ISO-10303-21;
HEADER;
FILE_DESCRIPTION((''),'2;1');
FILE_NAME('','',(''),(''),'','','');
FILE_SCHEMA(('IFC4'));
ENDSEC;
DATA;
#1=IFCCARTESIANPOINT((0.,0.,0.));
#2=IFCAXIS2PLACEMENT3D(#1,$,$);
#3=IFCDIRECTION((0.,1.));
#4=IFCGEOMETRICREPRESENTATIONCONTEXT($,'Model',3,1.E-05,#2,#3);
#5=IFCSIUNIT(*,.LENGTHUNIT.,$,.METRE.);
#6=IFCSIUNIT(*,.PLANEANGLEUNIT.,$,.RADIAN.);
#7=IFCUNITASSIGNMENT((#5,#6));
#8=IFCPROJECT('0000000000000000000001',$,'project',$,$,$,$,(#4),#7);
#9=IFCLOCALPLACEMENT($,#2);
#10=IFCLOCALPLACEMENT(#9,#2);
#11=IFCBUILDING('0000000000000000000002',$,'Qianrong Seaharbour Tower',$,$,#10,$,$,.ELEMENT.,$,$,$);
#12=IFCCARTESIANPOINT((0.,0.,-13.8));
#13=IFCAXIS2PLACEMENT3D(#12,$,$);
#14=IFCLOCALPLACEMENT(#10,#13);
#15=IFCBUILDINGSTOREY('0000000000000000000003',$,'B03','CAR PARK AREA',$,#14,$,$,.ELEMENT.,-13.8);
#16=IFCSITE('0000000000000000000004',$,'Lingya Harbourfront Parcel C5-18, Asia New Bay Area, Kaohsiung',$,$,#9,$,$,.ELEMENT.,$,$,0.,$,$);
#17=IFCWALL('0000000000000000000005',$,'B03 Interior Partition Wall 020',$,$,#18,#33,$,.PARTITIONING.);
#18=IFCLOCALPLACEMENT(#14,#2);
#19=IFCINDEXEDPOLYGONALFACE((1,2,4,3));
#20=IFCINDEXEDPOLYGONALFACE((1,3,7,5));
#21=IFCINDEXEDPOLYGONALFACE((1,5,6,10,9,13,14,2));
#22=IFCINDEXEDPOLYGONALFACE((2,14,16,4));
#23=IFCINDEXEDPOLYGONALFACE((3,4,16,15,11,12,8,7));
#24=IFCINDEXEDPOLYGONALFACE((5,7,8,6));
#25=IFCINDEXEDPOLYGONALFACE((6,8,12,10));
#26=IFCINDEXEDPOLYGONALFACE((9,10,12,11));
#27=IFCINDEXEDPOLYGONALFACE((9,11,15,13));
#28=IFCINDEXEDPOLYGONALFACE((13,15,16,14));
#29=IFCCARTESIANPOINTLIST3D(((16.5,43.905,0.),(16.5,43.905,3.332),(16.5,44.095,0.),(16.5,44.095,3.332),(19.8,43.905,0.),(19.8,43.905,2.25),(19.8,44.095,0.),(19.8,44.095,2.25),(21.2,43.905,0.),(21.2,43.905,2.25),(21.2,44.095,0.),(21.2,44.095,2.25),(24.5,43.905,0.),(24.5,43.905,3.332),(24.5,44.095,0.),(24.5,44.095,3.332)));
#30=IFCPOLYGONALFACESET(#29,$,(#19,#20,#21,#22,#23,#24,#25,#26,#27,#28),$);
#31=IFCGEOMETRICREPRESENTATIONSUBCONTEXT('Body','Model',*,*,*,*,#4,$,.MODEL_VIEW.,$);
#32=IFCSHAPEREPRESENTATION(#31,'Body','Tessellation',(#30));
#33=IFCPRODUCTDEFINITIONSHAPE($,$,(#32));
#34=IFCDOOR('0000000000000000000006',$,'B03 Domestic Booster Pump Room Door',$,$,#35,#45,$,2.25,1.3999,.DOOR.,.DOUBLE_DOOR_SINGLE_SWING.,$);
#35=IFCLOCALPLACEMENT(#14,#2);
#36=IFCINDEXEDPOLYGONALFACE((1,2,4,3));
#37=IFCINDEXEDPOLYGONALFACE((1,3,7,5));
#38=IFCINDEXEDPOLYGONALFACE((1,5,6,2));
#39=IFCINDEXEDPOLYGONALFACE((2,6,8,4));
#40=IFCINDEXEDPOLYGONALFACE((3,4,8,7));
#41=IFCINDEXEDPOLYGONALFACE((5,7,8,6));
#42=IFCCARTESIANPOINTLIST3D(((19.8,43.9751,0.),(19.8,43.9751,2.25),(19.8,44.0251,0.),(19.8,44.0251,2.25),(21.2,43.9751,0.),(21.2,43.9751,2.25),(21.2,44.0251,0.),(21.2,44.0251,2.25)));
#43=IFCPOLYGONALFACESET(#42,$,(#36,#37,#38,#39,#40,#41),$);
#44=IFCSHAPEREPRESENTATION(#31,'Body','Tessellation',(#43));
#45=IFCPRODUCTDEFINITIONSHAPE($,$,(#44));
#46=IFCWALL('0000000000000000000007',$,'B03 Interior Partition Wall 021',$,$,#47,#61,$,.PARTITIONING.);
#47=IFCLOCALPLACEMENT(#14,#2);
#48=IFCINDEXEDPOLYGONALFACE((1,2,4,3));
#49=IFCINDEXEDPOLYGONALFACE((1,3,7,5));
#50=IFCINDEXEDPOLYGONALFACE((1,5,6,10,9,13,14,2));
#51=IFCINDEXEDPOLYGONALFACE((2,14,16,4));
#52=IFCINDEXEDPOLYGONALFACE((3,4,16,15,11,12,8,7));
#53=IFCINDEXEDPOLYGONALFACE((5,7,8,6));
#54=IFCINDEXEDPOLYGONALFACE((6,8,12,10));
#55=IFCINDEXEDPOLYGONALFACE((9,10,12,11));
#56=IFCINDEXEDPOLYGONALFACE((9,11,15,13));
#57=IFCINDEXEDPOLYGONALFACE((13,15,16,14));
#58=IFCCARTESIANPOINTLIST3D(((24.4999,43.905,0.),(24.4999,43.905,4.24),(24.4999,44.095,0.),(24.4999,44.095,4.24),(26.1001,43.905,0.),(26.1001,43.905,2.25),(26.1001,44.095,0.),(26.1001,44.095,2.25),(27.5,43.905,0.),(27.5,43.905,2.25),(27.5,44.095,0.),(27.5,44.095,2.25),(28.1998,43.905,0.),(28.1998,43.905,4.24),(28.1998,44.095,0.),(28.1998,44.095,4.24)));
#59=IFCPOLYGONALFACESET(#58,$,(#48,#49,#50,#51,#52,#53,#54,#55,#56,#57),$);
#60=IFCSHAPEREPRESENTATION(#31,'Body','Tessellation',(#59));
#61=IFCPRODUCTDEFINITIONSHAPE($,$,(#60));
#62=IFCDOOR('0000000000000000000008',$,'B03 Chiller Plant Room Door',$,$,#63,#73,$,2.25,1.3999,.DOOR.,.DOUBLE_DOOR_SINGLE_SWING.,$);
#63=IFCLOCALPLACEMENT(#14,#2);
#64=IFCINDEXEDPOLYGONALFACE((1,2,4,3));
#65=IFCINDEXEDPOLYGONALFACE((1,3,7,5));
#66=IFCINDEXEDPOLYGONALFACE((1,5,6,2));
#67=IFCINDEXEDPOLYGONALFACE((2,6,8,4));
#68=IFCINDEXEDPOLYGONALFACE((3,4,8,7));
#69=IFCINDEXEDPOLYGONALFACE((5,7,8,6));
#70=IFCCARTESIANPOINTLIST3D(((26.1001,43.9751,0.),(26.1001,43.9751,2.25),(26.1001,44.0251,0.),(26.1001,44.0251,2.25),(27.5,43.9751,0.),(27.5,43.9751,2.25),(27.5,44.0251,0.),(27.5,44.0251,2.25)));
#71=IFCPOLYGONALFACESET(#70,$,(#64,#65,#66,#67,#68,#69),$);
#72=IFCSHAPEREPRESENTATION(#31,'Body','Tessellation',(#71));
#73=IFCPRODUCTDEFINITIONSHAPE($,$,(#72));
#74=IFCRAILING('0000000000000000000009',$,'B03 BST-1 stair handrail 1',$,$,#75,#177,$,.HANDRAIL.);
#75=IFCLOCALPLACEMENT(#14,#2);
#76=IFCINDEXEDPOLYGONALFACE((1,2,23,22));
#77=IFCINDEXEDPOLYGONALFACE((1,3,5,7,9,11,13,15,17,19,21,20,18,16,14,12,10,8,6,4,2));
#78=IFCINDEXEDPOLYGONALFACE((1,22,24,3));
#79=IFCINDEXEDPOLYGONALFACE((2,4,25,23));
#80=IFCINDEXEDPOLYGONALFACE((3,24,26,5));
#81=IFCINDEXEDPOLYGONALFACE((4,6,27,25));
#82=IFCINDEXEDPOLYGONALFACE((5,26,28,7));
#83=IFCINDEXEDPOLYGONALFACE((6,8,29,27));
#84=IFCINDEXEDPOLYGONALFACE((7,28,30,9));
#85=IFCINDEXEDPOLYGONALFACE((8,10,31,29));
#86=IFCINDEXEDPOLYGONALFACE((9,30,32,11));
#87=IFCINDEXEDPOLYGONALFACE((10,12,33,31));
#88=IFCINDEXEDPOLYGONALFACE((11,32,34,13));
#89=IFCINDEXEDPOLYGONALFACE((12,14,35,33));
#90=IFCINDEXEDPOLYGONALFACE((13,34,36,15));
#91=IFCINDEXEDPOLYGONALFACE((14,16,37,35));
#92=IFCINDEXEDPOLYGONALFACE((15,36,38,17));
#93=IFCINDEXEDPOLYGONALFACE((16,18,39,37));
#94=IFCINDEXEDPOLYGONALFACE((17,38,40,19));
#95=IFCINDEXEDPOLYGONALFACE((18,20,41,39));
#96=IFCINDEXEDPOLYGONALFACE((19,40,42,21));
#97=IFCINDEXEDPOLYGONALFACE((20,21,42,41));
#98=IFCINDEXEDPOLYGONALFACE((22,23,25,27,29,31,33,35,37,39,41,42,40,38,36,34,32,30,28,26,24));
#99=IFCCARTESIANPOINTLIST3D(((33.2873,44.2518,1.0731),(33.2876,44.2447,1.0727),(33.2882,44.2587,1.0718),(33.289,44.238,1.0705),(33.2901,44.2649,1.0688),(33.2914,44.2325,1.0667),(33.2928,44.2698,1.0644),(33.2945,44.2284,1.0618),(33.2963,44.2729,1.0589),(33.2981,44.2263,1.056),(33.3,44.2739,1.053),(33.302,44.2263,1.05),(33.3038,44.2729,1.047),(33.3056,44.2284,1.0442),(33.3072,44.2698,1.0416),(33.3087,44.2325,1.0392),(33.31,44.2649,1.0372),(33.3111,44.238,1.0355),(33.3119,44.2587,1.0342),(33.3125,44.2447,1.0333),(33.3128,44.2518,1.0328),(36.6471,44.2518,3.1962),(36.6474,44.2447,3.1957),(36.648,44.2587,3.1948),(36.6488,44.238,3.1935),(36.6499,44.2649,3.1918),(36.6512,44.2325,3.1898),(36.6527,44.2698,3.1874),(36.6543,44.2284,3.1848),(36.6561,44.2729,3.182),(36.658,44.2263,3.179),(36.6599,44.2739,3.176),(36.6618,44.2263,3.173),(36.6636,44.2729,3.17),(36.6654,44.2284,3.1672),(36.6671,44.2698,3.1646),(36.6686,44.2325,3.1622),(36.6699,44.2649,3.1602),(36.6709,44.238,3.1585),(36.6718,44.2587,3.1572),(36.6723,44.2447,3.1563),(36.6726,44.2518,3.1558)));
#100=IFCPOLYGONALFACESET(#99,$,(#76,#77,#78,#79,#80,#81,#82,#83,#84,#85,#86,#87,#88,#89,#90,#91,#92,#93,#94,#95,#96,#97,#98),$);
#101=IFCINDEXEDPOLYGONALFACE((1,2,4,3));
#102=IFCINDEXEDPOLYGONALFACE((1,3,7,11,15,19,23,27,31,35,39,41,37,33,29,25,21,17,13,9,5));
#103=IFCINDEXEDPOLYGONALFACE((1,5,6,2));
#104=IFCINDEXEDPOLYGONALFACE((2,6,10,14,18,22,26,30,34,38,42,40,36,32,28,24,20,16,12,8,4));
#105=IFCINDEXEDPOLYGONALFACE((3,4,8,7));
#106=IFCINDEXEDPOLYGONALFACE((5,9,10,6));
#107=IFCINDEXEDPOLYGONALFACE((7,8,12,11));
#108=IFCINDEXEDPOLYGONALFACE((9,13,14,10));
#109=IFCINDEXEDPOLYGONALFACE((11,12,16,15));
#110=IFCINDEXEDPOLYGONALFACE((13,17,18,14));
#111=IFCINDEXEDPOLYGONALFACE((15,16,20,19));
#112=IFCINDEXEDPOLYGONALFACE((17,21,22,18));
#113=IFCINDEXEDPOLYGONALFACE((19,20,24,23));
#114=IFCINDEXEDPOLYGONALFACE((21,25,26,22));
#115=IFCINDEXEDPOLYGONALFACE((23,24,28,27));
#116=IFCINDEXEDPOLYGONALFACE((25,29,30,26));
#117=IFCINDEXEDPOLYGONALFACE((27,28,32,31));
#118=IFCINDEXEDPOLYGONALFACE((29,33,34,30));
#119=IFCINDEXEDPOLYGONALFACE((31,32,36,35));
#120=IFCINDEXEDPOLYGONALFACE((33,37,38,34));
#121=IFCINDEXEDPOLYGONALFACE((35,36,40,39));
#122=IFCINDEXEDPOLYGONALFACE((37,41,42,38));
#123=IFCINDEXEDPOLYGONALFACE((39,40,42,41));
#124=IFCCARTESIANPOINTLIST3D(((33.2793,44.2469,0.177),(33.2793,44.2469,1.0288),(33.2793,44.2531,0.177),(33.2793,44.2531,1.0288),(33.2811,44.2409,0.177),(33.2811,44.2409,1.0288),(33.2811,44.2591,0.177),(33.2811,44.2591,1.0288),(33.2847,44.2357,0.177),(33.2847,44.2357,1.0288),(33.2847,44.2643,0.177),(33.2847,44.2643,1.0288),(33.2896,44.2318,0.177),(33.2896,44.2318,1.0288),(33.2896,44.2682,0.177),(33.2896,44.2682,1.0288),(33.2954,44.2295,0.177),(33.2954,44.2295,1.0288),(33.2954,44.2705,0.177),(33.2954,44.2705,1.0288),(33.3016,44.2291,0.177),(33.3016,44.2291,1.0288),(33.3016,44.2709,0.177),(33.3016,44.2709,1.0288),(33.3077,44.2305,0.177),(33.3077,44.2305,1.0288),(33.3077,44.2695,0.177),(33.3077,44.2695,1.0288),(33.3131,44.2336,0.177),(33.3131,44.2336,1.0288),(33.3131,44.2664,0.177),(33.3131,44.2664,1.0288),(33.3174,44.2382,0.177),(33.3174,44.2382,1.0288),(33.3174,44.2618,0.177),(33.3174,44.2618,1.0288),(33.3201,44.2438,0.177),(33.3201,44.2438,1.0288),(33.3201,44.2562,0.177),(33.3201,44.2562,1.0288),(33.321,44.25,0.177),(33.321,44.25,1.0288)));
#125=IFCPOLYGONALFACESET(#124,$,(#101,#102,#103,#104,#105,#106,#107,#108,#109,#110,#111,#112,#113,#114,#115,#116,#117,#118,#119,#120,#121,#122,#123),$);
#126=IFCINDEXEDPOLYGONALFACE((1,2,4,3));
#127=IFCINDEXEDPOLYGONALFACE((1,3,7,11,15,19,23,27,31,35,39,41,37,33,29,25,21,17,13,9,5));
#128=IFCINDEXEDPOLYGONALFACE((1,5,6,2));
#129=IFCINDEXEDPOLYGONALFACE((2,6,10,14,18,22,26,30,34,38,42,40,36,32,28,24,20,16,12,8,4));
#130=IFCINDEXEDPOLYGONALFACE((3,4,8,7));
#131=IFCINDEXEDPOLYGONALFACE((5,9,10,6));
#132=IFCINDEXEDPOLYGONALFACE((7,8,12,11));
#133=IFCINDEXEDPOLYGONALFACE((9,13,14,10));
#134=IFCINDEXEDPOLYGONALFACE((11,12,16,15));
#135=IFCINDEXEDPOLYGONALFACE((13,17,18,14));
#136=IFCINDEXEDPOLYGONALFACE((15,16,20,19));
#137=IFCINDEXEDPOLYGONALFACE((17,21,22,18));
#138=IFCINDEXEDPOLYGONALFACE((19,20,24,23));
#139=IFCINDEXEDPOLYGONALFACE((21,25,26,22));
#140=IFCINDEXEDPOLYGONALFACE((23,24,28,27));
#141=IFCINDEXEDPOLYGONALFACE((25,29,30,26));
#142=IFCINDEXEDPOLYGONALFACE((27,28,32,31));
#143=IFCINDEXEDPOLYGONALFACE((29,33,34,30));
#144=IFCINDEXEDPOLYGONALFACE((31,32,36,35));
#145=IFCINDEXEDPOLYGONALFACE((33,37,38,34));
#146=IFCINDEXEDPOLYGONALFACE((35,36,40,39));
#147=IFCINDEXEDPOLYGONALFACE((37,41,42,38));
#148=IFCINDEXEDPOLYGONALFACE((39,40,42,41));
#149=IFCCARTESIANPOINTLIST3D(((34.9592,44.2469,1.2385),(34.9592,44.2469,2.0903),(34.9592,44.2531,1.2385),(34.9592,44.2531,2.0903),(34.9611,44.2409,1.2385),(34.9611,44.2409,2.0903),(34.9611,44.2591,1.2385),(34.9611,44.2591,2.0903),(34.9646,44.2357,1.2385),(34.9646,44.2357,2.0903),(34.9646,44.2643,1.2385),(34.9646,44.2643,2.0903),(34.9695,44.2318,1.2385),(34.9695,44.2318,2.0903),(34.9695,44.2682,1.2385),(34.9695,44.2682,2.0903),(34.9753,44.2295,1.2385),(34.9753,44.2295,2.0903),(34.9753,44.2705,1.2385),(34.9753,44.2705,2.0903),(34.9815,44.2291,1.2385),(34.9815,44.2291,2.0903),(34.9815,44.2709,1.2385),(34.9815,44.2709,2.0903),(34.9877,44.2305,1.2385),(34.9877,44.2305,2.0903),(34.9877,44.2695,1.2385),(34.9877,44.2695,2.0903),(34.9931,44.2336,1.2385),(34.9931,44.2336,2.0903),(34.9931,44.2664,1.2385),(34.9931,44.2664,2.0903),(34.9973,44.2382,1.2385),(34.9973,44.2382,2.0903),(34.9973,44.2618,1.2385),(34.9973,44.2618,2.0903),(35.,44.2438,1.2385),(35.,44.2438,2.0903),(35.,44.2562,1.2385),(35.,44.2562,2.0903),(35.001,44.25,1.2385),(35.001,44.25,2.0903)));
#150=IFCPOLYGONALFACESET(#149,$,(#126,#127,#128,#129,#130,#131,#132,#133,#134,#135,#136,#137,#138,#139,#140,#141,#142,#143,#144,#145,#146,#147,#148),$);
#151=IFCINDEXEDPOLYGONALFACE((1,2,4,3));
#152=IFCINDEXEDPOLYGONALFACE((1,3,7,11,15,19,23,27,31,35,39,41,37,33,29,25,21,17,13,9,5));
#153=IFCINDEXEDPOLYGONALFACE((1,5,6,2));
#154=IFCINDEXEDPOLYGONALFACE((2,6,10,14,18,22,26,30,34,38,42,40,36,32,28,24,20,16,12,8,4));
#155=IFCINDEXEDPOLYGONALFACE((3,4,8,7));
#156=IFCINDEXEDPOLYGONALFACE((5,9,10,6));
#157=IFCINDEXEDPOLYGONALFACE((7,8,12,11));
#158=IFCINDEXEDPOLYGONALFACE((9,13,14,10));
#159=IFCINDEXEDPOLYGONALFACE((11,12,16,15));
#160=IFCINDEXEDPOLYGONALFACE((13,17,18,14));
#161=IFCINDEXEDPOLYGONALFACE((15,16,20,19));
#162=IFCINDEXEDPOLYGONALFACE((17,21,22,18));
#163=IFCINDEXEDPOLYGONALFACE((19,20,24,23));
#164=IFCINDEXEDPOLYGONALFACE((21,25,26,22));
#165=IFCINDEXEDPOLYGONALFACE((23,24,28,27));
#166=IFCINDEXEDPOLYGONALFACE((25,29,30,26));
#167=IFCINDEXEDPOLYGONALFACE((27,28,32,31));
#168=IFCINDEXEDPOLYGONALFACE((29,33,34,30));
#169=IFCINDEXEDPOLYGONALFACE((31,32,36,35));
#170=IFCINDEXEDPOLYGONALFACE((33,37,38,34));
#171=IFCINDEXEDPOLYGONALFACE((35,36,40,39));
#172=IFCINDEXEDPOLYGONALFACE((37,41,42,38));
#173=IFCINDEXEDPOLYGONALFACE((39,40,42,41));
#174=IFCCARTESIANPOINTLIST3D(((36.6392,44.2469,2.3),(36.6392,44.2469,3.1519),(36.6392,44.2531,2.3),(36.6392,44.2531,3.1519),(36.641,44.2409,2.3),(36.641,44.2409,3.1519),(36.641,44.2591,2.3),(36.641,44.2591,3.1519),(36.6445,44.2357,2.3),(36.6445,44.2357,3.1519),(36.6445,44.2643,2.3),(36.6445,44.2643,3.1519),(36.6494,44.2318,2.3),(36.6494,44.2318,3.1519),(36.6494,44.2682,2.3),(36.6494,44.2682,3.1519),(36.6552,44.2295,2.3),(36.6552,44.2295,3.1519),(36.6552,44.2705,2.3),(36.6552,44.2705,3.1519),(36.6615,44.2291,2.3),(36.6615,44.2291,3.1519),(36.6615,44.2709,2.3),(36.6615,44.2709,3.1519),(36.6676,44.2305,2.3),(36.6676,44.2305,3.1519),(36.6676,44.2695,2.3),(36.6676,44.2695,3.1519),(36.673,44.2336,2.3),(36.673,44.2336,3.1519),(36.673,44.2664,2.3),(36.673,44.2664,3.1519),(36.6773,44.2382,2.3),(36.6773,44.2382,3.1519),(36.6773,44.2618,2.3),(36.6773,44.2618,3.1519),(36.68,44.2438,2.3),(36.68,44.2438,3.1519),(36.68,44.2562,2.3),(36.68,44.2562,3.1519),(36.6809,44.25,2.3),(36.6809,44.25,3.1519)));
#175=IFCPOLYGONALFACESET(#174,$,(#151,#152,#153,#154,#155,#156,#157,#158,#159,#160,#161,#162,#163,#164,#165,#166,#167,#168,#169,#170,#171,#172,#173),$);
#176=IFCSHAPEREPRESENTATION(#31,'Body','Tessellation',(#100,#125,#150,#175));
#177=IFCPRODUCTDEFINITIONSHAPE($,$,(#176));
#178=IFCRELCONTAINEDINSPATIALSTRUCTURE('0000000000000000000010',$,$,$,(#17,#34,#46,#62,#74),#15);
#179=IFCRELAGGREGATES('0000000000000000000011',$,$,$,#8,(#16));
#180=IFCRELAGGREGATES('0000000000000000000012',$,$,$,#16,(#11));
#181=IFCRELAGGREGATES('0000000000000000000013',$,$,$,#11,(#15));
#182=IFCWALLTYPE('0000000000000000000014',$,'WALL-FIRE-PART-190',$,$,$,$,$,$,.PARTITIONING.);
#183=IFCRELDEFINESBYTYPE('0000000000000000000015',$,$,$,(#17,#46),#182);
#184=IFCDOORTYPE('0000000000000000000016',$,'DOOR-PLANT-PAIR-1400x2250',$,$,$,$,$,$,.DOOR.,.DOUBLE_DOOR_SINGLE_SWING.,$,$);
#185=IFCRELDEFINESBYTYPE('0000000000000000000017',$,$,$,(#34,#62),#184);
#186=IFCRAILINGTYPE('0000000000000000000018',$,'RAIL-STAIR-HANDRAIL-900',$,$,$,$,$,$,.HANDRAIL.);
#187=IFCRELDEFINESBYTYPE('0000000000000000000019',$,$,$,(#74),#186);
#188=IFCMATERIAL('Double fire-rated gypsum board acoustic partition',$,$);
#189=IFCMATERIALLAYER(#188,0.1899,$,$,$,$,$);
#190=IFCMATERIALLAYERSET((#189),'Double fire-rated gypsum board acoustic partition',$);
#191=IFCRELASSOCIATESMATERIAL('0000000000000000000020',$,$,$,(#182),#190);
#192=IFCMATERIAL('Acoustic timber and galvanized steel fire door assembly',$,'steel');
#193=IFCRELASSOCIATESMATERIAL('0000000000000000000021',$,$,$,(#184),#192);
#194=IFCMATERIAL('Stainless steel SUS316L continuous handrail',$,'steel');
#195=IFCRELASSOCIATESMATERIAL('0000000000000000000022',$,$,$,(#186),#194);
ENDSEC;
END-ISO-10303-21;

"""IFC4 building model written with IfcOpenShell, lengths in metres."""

from ifc_helpers import new_model, si_unit, direction, frame, frame_2d, origin, origin_2d, place, context, subcontext, project, spatial, rectangle, circle, extrude, material, layer, layer_set, type_object, element, fill, save


model = new_model("IFC4")

# Units and contexts
model_context = context("Model", 3, precision=1e-05, world=origin(), true_north=direction((0.0, 1.0)))
body_context = subcontext(model_context, "Body", "Model", "MODEL_VIEW")
ifc_project = project(units=[si_unit("LENGTHUNIT", "METRE"), si_unit("PLANEANGLEUNIT", "RADIAN")], contexts=[model_context])

# Site, building, storey
site_placement = place(None, origin())
site = spatial("IfcSite", under=ifc_project, at=site_placement, Name="Lingya Harbourfront Parcel C5-18, Asia New Bay Area, Kaohsiung", CompositionType="ELEMENT", RefElevation=0.0)
building_placement = place(site_placement, origin())
building = spatial("IfcBuilding", under=site, at=building_placement, Name="Qianrong Seaharbour Tower", CompositionType="ELEMENT")
storey_placement = place(building_placement, frame((0.0, 0.0, -13.8)))
storey = spatial("IfcBuildingStorey", under=building, at=storey_placement, Name="B03", Description="CAR PARK AREA", CompositionType="ELEMENT", Elevation=-13.8)

# Walls, openings, doors
ifc_material_1 = material(Name="Acoustic timber and galvanized steel fire door assembly", Category="steel")
ifc_material_2 = material(Name="Double fire-rated gypsum board acoustic partition")
ifc_layer_1 = layer(ifc_material_2, 0.1899)
ifc_layer_set_1 = layer_set([ifc_layer_1], Name="Double fire-rated gypsum board acoustic partition")
wall_type_1 = type_object("IfcWallType", Name="WALL-FIRE-PART-190", PredefinedType="PARTITIONING", material=ifc_layer_set_1)
wall_1_placement = place(storey_placement, frame((24.5, 44.0, 0.0), z_axis=(0.0, 0.0, 1.0), x_axis=(-1.0, 0.0, 0.0)))
wall_1 = element("IfcWall", 1, at=wall_1_placement, inside=storey, type_object=wall_type_1, Name="B03 Interior Partition Wall 020", PredefinedType="PARTITIONING", context=body_context, shape_type="SweptSolid", body=[
    extrude(rectangle(XDim=8.0, YDim=0.1899, at=frame_2d((4.0, 0.0))), origin(), (0.0, 0.0, 1.0), 3.332),
])
opening_1_placement = place(wall_1_placement, frame((3.3, 0.0, 0.0)))
opening_1 = element("IfcOpeningElement", 2, at=opening_1_placement, cuts=wall_1, PredefinedType="OPENING", context=body_context, shape_type="SweptSolid", body=[
    extrude(rectangle(XDim=1.3999, YDim=2.25, at=frame_2d((0.7, 1.125))), frame((0.0, 0.105, 0.0), z_axis=(0.0, -1.0, 0.0), x_axis=(1.0, 0.0, 0.0)), (0.0, 0.0, 1.0), 0.21),
])
door_type_1 = type_object("IfcDoorType", Name="DOOR-PLANT-PAIR-1400x2250", OperationType="DOUBLE_DOOR_SINGLE_SWING", PredefinedType="DOOR", material=ifc_material_1)
door_1_placement = place(opening_1_placement, origin())
door_1 = element("IfcDoor", 3, at=door_1_placement, inside=storey, type_object=door_type_1, Name="B03 Domestic Booster Pump Room Door", OperationType="DOUBLE_DOOR_SINGLE_SWING", OverallHeight=2.25, OverallWidth=1.3999, PredefinedType="DOOR", context=body_context, shape_type="SweptSolid", body=[
    extrude(rectangle(XDim=1.3999, YDim=2.25, at=frame_2d((0.7, 1.125))), frame((0.0, 0.0249, 0.0), z_axis=(0.0, -1.0, 0.0), x_axis=(1.0, 0.0, 0.0)), (0.0, 0.0, 1.0), 0.05),
])
fill(opening_1, door_1)
wall_2_placement = place(storey_placement, frame((28.2, 44.0, 0.0), z_axis=(0.0, 0.0, 1.0), x_axis=(-1.0, 0.0, 0.0)))
wall_2 = element("IfcWall", 4, at=wall_2_placement, inside=storey, type_object=wall_type_1, Name="B03 Interior Partition Wall 021", PredefinedType="PARTITIONING", context=body_context, shape_type="SweptSolid", body=[
    extrude(rectangle(XDim=3.7, YDim=0.1899, at=frame_2d((1.8501, 0.0))), origin(), (0.0, 0.0, 1.0), 4.24),
])
opening_2_placement = place(wall_2_placement, frame((0.7, 0.0, 0.0)))
opening_2 = element("IfcOpeningElement", 5, at=opening_2_placement, cuts=wall_2, PredefinedType="OPENING", context=body_context, shape_type="SweptSolid", body=[
    extrude(rectangle(XDim=1.3999, YDim=2.25, at=frame_2d((0.7, 1.125))), frame((0.0, 0.105, 0.0), z_axis=(0.0, -1.0, 0.0), x_axis=(1.0, 0.0, 0.0)), (0.0, 0.0, 1.0), 0.21),
])
door_2_placement = place(opening_2_placement, origin())
door_2 = element("IfcDoor", 6, at=door_2_placement, inside=storey, type_object=door_type_1, Name="B03 Chiller Plant Room Door", OperationType="DOUBLE_DOOR_SINGLE_SWING", OverallHeight=2.25, OverallWidth=1.3999, PredefinedType="DOOR", context=body_context, shape_type="SweptSolid", body=[
    extrude(rectangle(XDim=1.3999, YDim=2.25, at=frame_2d((0.7, 1.125))), frame((0.0, 0.0249, 0.0), z_axis=(0.0, -1.0, 0.0), x_axis=(1.0, 0.0, 0.0)), (0.0, 0.0, 1.0), 0.05),
])
fill(opening_2, door_2)

# Railing
ifc_material_3 = material(Name="Stainless steel SUS316L continuous handrail", Category="steel")
railing_type = type_object("IfcRailingType", Name="RAIL-STAIR-HANDRAIL-900", PredefinedType="HANDRAIL", material=ifc_material_3)
railing_placement = place(storey_placement, frame((33.3, 44.25, 0.177)))
element("IfcRailing", 7, at=railing_placement, inside=storey, type_object=railing_type, Name="B03 BST-1 stair handrail 1", PredefinedType="HANDRAIL", context=body_context, shape_type="SweptSolid", body=[
    extrude(circle(Radius=0.0239, at=origin_2d()), frame((0.0, 0.0, 0.876), z_axis=(0.845372, 0.0, 0.534178), x_axis=(0.0, 1.0, 0.0)), (0.0, 0.0, 1.0), 3.9744),
    extrude(circle(Radius=0.021, at=origin_2d()), origin(), (0.0, 0.0, 1.0), 0.8518),
    extrude(circle(Radius=0.021, at=origin_2d()), frame((1.6799, 0.0, 1.0615)), (0.0, 0.0, 1.0), 0.8518),
    extrude(circle(Radius=0.021, at=origin_2d()), frame((3.3599, 0.0, 2.123)), (0.0, 0.0, 1.0), 0.8518),
])

save(model, "model.ifc")
